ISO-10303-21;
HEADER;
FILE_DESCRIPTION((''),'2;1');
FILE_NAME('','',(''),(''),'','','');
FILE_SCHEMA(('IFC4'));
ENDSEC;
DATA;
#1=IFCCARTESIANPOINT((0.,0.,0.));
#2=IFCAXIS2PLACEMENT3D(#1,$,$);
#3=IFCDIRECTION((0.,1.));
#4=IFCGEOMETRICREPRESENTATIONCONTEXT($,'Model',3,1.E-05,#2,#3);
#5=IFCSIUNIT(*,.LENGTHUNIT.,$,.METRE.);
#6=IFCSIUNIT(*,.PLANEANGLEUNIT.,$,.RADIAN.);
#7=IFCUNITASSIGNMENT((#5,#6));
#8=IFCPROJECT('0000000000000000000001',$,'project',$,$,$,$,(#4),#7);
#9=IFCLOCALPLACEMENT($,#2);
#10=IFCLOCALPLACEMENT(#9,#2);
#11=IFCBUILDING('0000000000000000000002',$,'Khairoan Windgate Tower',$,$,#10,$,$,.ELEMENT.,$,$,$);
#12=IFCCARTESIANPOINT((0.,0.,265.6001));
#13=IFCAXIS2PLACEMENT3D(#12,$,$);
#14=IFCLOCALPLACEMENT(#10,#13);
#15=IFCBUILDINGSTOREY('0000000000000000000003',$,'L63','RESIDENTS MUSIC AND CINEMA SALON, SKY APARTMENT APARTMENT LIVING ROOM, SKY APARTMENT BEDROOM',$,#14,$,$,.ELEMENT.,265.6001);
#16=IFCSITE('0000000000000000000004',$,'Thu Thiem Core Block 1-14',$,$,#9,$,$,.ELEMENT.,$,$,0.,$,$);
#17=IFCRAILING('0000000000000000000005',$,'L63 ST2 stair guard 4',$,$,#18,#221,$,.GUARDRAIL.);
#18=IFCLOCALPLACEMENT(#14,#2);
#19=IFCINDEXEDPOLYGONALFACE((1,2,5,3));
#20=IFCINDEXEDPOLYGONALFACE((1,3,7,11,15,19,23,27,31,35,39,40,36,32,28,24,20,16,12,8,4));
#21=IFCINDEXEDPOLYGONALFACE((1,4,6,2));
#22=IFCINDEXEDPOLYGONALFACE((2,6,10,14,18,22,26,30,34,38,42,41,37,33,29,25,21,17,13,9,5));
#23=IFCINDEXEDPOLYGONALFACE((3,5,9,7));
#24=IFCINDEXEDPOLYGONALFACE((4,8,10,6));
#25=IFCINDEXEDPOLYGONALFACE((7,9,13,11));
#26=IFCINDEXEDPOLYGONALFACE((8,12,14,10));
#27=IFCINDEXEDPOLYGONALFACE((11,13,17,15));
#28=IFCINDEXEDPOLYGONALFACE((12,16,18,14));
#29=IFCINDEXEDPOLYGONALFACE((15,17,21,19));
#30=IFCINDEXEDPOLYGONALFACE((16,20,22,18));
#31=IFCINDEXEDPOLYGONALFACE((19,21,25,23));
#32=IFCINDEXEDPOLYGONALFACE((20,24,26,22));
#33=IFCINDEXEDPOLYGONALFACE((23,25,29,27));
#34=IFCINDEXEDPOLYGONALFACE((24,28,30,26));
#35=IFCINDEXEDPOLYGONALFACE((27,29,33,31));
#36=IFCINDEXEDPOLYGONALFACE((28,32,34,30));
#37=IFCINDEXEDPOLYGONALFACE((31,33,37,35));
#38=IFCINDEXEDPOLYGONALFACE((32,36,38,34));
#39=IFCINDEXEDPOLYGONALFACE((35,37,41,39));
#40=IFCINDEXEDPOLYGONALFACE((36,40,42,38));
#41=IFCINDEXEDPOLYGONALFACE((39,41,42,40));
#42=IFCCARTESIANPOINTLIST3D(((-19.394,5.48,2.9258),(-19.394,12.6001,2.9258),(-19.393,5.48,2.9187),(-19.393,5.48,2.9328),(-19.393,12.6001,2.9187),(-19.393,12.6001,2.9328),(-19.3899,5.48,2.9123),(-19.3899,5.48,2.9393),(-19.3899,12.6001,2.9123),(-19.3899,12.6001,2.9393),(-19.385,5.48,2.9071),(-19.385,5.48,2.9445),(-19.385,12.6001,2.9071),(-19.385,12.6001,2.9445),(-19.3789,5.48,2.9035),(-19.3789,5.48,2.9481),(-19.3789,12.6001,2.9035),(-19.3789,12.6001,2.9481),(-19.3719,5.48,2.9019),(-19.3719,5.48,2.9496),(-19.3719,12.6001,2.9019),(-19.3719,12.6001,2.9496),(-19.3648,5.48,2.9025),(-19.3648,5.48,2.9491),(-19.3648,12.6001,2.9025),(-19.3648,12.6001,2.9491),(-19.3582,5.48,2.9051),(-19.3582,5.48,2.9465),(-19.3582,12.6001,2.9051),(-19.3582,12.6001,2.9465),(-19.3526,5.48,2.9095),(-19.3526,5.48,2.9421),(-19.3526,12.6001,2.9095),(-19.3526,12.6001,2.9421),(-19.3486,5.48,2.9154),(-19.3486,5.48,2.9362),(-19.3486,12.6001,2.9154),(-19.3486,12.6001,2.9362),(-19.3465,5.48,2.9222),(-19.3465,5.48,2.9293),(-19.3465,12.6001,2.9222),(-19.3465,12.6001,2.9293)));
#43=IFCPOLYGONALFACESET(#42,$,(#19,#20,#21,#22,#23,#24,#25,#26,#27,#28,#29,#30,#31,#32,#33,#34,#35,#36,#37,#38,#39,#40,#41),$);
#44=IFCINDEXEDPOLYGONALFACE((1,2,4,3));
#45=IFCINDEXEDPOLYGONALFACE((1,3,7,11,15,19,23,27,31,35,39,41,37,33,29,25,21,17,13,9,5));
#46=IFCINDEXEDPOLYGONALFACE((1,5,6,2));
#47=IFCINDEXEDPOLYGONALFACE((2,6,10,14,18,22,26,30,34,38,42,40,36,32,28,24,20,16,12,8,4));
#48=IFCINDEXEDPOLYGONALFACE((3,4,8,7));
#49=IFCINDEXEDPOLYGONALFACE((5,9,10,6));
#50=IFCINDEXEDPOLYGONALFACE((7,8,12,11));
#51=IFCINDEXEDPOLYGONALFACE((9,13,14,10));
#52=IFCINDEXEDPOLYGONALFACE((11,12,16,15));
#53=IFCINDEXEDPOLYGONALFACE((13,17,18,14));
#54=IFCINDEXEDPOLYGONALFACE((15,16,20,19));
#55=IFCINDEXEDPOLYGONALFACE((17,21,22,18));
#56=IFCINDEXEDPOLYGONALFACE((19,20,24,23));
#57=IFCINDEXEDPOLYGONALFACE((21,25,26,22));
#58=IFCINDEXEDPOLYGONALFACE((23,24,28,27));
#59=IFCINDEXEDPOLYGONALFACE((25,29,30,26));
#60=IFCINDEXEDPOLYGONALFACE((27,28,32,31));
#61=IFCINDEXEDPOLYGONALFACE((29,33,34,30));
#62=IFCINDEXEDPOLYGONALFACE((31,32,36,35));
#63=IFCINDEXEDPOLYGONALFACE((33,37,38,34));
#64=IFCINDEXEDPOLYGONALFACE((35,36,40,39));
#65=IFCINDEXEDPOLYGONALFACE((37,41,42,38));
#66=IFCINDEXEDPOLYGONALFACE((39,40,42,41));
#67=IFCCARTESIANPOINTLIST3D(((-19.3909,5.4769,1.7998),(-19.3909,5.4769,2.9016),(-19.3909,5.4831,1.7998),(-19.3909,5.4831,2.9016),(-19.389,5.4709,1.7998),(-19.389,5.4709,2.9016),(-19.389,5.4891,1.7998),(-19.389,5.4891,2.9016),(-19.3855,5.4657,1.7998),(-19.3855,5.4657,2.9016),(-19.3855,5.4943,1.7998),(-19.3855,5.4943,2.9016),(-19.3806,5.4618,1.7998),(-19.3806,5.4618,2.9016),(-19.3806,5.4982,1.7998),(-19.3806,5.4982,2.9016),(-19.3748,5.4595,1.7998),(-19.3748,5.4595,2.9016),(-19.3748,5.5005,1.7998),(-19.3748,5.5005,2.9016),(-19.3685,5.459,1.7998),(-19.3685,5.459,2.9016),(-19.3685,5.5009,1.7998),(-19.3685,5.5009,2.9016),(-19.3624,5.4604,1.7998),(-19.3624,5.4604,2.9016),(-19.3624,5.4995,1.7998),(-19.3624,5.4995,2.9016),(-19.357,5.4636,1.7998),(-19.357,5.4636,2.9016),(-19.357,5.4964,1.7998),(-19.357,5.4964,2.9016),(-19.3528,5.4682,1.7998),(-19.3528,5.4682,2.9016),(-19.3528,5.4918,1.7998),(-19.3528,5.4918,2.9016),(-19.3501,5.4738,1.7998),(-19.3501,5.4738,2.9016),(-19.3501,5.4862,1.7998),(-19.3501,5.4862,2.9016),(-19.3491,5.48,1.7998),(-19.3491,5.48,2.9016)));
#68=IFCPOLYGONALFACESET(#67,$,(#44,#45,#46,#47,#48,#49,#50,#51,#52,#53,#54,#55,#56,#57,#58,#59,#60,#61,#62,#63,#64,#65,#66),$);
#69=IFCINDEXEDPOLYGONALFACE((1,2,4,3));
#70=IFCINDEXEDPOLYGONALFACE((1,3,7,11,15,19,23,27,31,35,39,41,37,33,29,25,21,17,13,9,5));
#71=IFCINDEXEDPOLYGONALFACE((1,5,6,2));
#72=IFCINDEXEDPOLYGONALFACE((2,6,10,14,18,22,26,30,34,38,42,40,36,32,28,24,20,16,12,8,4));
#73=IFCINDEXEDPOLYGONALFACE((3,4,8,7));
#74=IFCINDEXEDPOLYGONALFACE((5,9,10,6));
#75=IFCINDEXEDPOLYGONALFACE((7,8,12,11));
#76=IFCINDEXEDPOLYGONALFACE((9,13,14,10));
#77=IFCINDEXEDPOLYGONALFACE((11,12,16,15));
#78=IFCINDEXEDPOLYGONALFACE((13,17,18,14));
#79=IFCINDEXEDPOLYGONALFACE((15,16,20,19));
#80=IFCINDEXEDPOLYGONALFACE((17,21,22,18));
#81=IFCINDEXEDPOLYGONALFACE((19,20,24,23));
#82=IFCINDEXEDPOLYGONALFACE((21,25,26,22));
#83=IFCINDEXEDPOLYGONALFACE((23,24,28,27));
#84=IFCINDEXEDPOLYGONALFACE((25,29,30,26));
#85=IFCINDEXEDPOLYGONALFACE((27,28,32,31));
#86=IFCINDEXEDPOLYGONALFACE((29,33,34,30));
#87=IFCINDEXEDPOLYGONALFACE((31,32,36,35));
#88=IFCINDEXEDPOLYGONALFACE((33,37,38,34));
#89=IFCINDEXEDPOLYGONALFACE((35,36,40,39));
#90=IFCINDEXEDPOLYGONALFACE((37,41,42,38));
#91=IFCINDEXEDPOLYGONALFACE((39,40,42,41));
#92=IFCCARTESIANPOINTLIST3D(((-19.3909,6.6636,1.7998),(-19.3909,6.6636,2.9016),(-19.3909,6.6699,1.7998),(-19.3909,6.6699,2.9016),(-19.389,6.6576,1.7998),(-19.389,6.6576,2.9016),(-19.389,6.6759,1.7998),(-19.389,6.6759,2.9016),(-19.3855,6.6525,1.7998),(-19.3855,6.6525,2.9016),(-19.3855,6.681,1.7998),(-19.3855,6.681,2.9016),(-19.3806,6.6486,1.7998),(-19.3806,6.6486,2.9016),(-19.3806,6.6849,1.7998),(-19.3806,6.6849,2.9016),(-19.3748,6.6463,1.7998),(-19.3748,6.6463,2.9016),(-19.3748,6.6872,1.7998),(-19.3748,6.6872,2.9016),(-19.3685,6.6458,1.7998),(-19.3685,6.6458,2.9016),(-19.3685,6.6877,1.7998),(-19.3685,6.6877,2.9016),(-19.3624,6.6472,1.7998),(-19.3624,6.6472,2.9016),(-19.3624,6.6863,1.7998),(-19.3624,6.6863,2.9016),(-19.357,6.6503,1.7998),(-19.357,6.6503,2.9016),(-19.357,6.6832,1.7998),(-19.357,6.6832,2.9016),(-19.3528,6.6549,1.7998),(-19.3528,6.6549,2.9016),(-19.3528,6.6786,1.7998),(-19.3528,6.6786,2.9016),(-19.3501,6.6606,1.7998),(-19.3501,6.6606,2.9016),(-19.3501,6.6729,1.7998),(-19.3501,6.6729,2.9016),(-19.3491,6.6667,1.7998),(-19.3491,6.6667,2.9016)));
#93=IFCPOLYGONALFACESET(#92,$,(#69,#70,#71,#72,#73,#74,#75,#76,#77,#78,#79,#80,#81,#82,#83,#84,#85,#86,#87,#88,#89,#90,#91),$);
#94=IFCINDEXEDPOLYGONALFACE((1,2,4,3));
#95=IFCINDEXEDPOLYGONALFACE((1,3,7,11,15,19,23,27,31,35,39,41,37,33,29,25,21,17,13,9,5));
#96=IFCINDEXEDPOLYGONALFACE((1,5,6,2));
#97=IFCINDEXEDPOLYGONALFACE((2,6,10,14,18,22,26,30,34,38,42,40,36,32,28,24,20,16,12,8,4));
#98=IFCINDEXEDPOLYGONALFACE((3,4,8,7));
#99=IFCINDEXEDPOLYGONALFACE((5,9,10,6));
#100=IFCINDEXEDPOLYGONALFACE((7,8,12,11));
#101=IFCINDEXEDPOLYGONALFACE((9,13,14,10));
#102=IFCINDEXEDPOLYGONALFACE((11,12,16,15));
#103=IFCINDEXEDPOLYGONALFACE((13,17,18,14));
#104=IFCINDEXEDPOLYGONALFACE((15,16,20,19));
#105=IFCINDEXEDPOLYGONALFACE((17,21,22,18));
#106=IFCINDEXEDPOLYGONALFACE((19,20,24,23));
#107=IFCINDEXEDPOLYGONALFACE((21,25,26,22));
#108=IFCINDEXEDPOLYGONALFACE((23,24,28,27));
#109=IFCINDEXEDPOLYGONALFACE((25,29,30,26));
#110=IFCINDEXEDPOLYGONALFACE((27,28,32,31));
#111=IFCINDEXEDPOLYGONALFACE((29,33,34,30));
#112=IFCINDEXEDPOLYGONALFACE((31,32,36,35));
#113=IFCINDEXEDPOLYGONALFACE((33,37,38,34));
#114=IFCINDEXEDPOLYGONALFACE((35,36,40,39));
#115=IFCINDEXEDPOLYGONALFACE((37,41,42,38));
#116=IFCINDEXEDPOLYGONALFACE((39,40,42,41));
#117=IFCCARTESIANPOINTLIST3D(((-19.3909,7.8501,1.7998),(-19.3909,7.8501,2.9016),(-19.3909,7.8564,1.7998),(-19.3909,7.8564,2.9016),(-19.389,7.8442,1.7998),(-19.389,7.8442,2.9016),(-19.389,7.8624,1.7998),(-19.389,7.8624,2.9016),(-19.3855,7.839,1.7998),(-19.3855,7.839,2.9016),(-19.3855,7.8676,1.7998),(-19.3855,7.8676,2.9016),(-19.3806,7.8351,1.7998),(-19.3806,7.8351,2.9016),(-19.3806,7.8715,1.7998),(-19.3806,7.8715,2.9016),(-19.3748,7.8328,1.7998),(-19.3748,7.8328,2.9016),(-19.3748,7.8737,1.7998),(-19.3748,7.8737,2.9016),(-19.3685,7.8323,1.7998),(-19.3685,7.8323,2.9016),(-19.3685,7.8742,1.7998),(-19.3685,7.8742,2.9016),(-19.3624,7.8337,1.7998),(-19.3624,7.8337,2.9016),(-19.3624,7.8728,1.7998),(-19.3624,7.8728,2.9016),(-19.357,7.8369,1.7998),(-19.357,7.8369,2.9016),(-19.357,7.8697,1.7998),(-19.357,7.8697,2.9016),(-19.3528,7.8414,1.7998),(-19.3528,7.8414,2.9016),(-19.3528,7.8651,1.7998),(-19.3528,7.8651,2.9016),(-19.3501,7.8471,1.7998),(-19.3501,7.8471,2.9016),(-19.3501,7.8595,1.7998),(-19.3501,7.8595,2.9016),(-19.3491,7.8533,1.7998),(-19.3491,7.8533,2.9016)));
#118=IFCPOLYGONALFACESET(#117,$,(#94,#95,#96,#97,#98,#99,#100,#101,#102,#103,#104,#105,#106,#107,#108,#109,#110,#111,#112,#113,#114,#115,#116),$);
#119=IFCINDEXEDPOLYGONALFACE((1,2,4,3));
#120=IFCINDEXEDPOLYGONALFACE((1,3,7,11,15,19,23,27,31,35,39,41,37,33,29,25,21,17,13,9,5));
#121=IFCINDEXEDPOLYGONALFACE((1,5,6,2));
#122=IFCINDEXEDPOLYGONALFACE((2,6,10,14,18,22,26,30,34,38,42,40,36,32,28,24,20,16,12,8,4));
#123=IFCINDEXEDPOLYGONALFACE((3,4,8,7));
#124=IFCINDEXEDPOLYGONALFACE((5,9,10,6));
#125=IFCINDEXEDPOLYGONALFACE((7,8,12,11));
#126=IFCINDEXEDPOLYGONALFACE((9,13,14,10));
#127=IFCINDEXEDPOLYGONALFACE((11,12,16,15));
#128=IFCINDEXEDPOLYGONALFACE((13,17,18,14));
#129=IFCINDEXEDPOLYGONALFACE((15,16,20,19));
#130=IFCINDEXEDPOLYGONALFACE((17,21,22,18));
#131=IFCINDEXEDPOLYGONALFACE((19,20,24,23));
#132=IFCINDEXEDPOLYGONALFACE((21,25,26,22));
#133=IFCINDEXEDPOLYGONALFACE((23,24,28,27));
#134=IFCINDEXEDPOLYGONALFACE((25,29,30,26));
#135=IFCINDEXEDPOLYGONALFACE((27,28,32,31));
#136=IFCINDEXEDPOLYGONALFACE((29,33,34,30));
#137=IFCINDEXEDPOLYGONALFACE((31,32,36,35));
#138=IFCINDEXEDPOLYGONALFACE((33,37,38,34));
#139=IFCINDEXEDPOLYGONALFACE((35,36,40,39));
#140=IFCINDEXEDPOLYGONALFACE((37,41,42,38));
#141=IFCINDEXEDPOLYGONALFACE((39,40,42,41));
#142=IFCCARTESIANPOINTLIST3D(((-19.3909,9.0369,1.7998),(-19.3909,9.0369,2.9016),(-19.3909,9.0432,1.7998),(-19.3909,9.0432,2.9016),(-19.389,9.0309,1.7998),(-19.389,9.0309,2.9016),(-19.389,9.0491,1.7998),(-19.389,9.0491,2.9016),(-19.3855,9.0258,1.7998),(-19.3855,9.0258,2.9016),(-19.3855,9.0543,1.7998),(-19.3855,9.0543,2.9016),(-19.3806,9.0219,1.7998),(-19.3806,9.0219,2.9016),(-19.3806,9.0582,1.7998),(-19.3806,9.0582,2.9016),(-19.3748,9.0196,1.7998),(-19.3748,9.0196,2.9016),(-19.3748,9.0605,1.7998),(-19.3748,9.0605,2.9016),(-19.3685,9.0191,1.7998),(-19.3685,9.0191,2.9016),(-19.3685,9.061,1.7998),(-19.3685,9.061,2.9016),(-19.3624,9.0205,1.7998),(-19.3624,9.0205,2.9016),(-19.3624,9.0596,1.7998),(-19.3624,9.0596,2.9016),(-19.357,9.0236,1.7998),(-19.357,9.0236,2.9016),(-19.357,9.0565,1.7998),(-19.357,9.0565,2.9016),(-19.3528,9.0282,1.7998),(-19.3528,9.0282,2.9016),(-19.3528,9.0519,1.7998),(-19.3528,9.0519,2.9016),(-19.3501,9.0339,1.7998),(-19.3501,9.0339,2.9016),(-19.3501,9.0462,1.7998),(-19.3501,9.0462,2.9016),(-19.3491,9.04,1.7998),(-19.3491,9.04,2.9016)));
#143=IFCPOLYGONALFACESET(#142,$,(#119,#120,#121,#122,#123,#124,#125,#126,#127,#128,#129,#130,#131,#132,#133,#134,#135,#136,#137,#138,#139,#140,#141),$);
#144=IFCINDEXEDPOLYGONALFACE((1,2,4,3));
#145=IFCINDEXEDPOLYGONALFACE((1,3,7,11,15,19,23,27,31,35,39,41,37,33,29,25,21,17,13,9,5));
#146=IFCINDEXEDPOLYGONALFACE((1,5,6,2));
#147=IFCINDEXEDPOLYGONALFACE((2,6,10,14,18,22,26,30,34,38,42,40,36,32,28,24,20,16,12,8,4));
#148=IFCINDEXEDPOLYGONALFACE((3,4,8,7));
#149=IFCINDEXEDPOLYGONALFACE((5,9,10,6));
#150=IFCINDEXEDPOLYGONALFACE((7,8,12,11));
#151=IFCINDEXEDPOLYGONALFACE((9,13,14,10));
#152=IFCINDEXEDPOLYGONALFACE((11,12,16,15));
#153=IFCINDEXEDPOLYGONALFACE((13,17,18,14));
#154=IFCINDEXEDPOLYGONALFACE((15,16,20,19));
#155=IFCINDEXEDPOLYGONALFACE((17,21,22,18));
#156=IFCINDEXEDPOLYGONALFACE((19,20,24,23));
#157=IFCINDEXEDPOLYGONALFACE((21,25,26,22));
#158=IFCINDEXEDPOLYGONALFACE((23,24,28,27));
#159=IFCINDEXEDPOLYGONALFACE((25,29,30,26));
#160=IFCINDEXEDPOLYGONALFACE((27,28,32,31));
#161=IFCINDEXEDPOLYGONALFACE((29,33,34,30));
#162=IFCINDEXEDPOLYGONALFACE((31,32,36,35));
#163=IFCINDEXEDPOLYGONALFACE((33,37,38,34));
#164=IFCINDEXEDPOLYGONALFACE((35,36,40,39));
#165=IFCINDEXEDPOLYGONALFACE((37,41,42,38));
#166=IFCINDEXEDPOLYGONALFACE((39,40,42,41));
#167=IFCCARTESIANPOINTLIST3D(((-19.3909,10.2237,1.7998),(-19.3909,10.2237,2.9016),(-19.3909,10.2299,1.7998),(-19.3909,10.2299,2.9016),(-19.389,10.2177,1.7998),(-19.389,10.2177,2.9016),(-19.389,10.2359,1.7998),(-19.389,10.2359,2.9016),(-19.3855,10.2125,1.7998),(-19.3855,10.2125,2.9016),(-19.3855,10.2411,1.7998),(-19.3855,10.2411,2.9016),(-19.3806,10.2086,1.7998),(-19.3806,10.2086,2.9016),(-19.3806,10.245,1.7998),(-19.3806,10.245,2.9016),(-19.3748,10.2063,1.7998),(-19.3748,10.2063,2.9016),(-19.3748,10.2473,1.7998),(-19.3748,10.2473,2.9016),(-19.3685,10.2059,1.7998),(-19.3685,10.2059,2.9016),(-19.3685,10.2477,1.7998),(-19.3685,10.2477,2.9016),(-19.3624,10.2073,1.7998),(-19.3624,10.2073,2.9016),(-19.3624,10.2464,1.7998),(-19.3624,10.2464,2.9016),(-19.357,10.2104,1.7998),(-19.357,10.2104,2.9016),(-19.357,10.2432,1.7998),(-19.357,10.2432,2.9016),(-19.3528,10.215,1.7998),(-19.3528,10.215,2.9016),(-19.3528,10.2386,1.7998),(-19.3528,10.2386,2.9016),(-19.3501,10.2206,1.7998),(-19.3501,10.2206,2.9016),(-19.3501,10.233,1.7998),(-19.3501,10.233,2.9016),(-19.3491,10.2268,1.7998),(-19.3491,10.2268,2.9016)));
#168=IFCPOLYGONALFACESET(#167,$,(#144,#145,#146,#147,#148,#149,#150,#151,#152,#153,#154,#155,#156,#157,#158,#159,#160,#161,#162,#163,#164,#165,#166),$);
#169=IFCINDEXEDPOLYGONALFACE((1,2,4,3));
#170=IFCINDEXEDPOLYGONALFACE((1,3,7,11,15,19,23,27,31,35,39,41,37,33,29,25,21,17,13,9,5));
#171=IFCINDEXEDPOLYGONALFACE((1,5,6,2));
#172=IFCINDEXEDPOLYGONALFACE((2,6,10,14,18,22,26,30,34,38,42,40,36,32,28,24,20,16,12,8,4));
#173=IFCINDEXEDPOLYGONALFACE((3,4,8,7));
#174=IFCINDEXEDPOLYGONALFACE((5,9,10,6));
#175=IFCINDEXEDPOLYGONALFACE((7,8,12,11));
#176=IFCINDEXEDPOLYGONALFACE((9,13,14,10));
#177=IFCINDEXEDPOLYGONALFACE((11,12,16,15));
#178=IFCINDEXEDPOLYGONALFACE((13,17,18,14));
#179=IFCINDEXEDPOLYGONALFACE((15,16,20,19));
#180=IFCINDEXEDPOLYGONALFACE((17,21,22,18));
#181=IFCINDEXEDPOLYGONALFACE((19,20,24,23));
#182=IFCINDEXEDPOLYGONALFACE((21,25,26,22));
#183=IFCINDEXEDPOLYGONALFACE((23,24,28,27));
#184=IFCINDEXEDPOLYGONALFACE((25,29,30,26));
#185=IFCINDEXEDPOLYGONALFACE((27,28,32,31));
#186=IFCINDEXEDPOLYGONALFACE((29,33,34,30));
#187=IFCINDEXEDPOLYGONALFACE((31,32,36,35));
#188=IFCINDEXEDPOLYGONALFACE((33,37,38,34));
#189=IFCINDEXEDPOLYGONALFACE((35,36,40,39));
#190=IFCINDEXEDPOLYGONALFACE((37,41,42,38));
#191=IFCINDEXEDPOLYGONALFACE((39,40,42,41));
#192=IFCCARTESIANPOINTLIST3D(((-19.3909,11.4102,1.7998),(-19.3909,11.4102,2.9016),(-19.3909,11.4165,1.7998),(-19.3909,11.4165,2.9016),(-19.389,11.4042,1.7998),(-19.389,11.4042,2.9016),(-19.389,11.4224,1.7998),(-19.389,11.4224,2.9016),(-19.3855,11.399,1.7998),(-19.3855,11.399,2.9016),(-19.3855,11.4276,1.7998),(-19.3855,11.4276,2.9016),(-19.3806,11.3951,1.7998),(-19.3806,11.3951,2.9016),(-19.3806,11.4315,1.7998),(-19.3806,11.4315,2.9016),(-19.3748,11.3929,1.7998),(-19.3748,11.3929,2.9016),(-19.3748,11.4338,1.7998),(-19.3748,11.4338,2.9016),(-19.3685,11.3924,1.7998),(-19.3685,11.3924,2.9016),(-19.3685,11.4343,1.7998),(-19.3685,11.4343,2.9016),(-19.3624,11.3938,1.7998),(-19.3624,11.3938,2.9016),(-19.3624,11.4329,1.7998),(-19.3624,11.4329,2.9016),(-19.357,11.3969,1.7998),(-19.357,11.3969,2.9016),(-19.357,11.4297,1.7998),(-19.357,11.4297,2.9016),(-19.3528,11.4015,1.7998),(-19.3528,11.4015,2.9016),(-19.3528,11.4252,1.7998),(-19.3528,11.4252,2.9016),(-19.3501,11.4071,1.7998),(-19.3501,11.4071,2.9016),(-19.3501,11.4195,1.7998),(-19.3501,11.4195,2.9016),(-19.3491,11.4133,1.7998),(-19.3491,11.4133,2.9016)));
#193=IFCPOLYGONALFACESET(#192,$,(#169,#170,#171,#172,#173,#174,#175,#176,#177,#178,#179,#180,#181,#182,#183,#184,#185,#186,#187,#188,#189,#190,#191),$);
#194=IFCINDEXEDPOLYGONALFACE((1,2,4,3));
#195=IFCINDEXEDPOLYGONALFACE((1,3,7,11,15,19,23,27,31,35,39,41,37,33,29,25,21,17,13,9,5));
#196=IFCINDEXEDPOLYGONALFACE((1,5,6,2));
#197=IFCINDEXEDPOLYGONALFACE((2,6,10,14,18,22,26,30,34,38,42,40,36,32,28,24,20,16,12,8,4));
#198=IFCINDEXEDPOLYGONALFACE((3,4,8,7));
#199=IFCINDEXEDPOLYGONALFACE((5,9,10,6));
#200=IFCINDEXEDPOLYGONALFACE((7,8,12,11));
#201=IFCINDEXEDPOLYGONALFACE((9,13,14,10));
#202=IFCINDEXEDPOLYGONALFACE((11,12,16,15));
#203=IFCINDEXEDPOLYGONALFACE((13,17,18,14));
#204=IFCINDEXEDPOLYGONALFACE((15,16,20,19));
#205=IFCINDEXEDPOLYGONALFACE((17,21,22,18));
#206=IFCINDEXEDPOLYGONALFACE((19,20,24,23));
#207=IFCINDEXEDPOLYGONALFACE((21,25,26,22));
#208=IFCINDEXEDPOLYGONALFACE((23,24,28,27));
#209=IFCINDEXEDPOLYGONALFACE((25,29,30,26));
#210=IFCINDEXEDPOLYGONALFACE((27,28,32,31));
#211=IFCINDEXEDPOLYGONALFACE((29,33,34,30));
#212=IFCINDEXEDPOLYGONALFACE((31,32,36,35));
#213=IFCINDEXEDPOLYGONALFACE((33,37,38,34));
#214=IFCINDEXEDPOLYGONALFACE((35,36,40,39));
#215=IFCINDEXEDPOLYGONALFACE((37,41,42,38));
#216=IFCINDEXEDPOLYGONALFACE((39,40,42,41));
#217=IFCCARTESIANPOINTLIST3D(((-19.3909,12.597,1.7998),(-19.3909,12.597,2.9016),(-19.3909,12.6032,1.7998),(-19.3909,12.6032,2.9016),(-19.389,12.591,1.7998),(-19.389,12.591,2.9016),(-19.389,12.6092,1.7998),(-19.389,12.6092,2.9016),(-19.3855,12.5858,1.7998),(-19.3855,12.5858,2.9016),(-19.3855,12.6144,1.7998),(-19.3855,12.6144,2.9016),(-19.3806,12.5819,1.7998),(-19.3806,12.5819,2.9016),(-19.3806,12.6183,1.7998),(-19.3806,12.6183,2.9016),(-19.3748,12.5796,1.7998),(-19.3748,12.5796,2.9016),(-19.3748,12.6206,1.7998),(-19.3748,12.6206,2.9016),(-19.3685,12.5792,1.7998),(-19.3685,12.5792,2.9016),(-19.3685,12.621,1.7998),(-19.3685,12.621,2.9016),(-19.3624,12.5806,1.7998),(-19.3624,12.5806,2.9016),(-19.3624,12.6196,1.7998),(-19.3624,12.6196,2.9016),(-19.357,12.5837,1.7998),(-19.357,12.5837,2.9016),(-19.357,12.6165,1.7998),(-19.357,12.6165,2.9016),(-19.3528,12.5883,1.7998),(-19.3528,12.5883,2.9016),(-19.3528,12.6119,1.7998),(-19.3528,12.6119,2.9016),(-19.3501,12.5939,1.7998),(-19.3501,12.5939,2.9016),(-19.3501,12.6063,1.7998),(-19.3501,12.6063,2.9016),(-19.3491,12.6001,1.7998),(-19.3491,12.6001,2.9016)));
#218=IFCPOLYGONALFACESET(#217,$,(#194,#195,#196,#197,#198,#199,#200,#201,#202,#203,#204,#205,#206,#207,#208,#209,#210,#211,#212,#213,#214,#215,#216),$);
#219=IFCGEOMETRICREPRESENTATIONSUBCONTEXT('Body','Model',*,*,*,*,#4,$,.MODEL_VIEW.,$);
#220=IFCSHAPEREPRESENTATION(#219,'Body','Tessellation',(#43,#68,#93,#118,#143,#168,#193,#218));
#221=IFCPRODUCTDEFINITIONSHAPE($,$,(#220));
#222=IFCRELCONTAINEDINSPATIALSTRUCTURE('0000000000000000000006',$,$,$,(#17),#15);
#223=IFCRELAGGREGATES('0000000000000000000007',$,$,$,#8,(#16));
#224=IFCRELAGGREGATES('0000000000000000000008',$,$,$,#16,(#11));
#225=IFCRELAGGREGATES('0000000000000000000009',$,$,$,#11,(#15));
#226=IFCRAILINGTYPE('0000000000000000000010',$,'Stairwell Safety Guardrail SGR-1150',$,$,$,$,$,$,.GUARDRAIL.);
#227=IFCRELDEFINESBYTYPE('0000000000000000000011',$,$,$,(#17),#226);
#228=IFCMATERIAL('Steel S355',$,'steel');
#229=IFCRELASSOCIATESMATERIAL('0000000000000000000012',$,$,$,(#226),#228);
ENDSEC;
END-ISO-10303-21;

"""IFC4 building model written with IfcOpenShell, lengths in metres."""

from ifc_helpers import new_model, si_unit, direction, frame, origin, origin_2d, place, context, subcontext, project, spatial, circle, extrude, material, type_object, element, save


model = new_model("IFC4")

# Units and contexts
model_context = context("Model", 3, precision=1e-05, world=origin(), true_north=direction((0.0, 1.0)))
body_context = subcontext(model_context, "Body", "Model", "MODEL_VIEW")
ifc_project = project(units=[si_unit("LENGTHUNIT", "METRE"), si_unit("PLANEANGLEUNIT", "RADIAN")], contexts=[model_context])

# Site, building, storey
site_placement = place(None, origin())
site = spatial("IfcSite", under=ifc_project, at=site_placement, Name="Thu Thiem Core Block 1-14", CompositionType="ELEMENT", RefElevation=0.0)
building_placement = place(site_placement, origin())
building = spatial("IfcBuilding", under=site, at=building_placement, Name="Khairoan Windgate Tower", CompositionType="ELEMENT")
storey_placement = place(building_placement, frame((0.0, 0.0, 265.6001)))
storey = spatial("IfcBuildingStorey", under=building, at=storey_placement, Name="L63", Description="RESIDENTS MUSIC AND CINEMA SALON, SKY APARTMENT APARTMENT LIVING ROOM, SKY APARTMENT BEDROOM", CompositionType="ELEMENT", Elevation=265.6001)

# Railing
ifc_material_1 = material(Name="Steel S355", Category="steel")
railing_type_1 = type_object("IfcRailingType", Name="Stairwell Safety Guardrail SGR-1150", PredefinedType="GUARDRAIL", material=ifc_material_1)
railing_1_placement = place(storey_placement, frame((-19.3701, 5.48, 1.7998)))
element("IfcRailing", 1, at=railing_1_placement, inside=storey, type_object=railing_type_1, Name="L63 ST2 stair guard 4", PredefinedType="GUARDRAIL", context=body_context, shape_type="SweptSolid", body=[
    extrude(circle(Radius=0.0239, at=origin_2d()), frame((0.0, 0.0, 1.126), z_axis=(0.0, 1.0, 0.0), x_axis=(-1.0, 0.0, 0.0)), (0.0, 0.0, 1.0), 7.1201),
    extrude(circle(Radius=0.021, at=origin_2d()), origin(), (0.0, 0.0, 1.0), 1.1018),
    extrude(circle(Radius=0.021, at=origin_2d()), frame((0.0, 1.1868, 0.0)), (0.0, 0.0, 1.0), 1.1018),
    extrude(circle(Radius=0.021, at=origin_2d()), frame((0.0, 2.3733, 0.0)), (0.0, 0.0, 1.0), 1.1018),
    extrude(circle(Radius=0.021, at=origin_2d()), frame((0.0, 3.5601, 0.0)), (0.0, 0.0, 1.0), 1.1018),
    extrude(circle(Radius=0.021, at=origin_2d()), frame((0.0, 4.7468, 0.0)), (0.0, 0.0, 1.0), 1.1018),
    extrude(circle(Radius=0.021, at=origin_2d()), frame((0.0, 5.9333, 0.0)), (0.0, 0.0, 1.0), 1.1018),
    extrude(circle(Radius=0.021, at=origin_2d()), frame((0.0, 7.1201, 0.0)), (0.0, 0.0, 1.0), 1.1018),
])

save(model, "model.ifc")
